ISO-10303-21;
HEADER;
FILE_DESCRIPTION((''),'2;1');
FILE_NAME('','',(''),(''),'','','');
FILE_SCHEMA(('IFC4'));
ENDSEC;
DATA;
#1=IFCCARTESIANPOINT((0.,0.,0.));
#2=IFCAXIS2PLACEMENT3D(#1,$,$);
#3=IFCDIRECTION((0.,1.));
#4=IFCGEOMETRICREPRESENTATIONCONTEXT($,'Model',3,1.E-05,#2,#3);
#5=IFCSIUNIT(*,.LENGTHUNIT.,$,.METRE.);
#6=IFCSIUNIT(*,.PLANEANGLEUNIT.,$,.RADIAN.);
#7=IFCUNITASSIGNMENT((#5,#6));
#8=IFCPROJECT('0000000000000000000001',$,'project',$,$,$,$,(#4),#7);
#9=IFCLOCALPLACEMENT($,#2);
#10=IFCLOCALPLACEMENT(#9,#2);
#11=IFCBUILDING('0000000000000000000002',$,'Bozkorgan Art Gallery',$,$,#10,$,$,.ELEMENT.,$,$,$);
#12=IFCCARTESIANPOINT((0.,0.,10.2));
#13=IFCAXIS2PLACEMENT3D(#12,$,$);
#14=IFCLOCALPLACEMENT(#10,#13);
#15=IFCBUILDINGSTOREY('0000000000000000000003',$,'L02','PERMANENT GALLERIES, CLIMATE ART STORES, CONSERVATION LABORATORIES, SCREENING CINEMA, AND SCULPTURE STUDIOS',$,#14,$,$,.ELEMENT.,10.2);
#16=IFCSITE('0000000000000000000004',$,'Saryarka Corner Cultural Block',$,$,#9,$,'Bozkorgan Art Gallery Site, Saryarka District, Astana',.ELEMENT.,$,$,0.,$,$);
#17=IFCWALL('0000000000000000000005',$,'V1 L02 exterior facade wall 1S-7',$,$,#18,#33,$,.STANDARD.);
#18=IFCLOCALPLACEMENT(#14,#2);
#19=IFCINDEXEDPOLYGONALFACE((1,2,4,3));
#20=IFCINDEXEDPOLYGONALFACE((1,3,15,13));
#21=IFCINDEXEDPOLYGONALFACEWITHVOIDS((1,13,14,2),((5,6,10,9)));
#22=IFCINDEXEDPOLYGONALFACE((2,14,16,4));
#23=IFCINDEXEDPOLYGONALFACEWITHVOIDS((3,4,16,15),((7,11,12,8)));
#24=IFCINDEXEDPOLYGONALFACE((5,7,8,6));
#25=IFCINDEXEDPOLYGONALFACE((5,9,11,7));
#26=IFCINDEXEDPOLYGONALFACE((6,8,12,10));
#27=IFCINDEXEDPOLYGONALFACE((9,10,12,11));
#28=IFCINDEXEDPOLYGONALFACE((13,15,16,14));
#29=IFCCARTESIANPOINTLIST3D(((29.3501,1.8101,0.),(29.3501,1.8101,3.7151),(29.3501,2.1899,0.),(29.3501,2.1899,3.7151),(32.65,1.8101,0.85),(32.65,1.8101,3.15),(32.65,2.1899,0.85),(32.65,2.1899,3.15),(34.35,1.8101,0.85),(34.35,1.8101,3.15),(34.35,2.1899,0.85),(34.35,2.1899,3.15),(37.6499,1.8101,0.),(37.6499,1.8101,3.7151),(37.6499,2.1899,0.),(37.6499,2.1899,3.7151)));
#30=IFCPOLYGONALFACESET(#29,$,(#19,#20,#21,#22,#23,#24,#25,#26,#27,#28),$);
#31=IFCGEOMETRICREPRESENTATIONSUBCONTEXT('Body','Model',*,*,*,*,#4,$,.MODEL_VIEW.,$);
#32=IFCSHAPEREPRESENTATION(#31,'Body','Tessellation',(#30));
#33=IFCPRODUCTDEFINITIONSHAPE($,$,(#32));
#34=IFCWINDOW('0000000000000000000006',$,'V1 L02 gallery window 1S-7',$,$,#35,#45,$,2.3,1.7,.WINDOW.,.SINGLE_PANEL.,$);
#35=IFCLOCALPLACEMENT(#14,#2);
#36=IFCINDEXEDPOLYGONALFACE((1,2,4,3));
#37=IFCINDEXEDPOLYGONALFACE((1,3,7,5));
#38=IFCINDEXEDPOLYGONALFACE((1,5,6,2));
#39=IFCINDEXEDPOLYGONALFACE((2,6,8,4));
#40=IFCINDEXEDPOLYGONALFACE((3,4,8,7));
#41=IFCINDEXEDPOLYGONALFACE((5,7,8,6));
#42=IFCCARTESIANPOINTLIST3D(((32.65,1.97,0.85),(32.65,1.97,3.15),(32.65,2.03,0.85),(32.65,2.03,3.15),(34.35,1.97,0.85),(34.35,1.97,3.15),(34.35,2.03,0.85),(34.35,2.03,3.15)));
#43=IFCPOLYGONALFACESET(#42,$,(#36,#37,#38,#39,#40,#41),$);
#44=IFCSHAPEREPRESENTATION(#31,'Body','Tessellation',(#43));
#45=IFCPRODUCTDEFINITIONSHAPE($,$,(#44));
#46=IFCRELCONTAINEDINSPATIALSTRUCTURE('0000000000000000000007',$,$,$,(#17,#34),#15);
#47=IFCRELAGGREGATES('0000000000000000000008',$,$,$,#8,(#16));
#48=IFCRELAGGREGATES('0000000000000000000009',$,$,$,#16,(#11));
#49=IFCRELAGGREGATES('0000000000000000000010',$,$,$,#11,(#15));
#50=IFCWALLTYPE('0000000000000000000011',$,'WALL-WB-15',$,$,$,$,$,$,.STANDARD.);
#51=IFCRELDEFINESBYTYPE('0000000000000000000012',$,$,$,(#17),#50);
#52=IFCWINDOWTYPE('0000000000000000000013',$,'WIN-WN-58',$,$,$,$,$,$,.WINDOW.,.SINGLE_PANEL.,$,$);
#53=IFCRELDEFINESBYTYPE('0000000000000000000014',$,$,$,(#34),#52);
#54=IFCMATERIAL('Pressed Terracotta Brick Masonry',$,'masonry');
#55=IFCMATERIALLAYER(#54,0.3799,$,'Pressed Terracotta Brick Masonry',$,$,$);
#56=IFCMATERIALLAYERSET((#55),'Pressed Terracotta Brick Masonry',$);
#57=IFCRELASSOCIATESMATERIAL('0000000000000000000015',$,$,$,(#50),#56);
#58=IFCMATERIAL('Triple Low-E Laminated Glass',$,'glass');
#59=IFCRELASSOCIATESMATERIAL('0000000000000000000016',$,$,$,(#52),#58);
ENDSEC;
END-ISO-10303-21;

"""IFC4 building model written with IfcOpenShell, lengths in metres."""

from ifc_helpers import new_model, si_unit, direction, frame, frame_2d, origin, place, context, subcontext, project, spatial, rectangle, extrude, material, layer, layer_set, type_object, element, fill, save


model = new_model("IFC4")

# Units and contexts
model_context = context("Model", 3, precision=1e-05, world=origin(), true_north=direction((0.0, 1.0)))
body_context = subcontext(model_context, "Body", "Model", "MODEL_VIEW")
ifc_project = project(units=[si_unit("LENGTHUNIT", "METRE"), si_unit("PLANEANGLEUNIT", "RADIAN")], contexts=[model_context])

# Site, building, storey
site_placement = place(None, origin())
site = spatial("IfcSite", under=ifc_project, at=site_placement, Name="Saryarka Corner Cultural Block", LongName="Bozkorgan Art Gallery Site, Saryarka District, Astana", CompositionType="ELEMENT", RefElevation=0.0)
building_placement = place(site_placement, origin())
building = spatial("IfcBuilding", under=site, at=building_placement, Name="Bozkorgan Art Gallery", CompositionType="ELEMENT")
storey_placement = place(building_placement, frame((0.0, 0.0, 10.2)))
storey = spatial("IfcBuildingStorey", under=building, at=storey_placement, Name="L02", Description="PERMANENT GALLERIES, CLIMATE ART STORES, CONSERVATION LABORATORIES, SCREENING CINEMA, AND SCULPTURE STUDIOS", CompositionType="ELEMENT", Elevation=10.2)

# Shared definitions
ifc_material_1 = material(Name="Triple Low-E Laminated Glass", Category="glass")

# Wall, opening, window
ifc_material_2 = material(Name="Pressed Terracotta Brick Masonry", Category="masonry")
ifc_layer_1 = layer(ifc_material_2, 0.3799, Name="Pressed Terracotta Brick Masonry")
ifc_layer_set_1 = layer_set([ifc_layer_1], Name="Pressed Terracotta Brick Masonry")
wall_type_1 = type_object("IfcWallType", Name="WALL-WB-15", PredefinedType="STANDARD", material=ifc_layer_set_1)
wall_1_placement = place(storey_placement, frame((29.3501, 2.0, 0.0), z_axis=(0.0, 0.0, 1.0), x_axis=(1.0, 0.0, 0.0)))
wall_1 = element("IfcWall", 1, at=wall_1_placement, inside=storey, type_object=wall_type_1, Name="V1 L02 exterior facade wall 1S-7", PredefinedType="STANDARD", context=body_context, shape_type="SweptSolid", body=[
    extrude(rectangle(XDim=8.2998, YDim=0.3799, at=frame_2d((4.1499, 0.0))), origin(), (0.0, 0.0, 1.0), 3.7151),
])
opening_1_placement = place(wall_1_placement, frame((5.0, 0.0, 0.8501), z_axis=(0.0, 0.0, 1.0), x_axis=(-1.0, 0.0, 0.0)))
opening_1 = element("IfcOpeningElement", 2, at=opening_1_placement, cuts=wall_1, PredefinedType="OPENING", context=body_context, shape_type="SweptSolid", body=[
    extrude(rectangle(XDim=1.7, YDim=2.3, at=frame_2d((0.8501, 1.1499))), frame((0.0, 0.2, 0.0), z_axis=(0.0, -1.0, 0.0), x_axis=(1.0, 0.0, 0.0)), (0.0, 0.0, 1.0), 0.3999),
])
window_type = type_object("IfcWindowType", Name="WIN-WN-58", PartitioningType="SINGLE_PANEL", PredefinedType="WINDOW", material=ifc_material_1)
window_placement = place(opening_1_placement, origin())
window = element("IfcWindow", 3, at=window_placement, inside=storey, type_object=window_type, Name="V1 L02 gallery window 1S-7", OverallHeight=2.3, OverallWidth=1.7, PartitioningType="SINGLE_PANEL", PredefinedType="WINDOW", context=body_context, shape_type="SweptSolid", body=[
    extrude(rectangle(XDim=1.7, YDim=2.3, at=frame_2d((0.8501, 1.1499))), frame((0.0, 0.03, 0.0), z_axis=(0.0, -1.0, 0.0), x_axis=(1.0, 0.0, 0.0)), (0.0, 0.0, 1.0), 0.0601),
])
fill(opening_1, window)

save(model, "model.ifc")
